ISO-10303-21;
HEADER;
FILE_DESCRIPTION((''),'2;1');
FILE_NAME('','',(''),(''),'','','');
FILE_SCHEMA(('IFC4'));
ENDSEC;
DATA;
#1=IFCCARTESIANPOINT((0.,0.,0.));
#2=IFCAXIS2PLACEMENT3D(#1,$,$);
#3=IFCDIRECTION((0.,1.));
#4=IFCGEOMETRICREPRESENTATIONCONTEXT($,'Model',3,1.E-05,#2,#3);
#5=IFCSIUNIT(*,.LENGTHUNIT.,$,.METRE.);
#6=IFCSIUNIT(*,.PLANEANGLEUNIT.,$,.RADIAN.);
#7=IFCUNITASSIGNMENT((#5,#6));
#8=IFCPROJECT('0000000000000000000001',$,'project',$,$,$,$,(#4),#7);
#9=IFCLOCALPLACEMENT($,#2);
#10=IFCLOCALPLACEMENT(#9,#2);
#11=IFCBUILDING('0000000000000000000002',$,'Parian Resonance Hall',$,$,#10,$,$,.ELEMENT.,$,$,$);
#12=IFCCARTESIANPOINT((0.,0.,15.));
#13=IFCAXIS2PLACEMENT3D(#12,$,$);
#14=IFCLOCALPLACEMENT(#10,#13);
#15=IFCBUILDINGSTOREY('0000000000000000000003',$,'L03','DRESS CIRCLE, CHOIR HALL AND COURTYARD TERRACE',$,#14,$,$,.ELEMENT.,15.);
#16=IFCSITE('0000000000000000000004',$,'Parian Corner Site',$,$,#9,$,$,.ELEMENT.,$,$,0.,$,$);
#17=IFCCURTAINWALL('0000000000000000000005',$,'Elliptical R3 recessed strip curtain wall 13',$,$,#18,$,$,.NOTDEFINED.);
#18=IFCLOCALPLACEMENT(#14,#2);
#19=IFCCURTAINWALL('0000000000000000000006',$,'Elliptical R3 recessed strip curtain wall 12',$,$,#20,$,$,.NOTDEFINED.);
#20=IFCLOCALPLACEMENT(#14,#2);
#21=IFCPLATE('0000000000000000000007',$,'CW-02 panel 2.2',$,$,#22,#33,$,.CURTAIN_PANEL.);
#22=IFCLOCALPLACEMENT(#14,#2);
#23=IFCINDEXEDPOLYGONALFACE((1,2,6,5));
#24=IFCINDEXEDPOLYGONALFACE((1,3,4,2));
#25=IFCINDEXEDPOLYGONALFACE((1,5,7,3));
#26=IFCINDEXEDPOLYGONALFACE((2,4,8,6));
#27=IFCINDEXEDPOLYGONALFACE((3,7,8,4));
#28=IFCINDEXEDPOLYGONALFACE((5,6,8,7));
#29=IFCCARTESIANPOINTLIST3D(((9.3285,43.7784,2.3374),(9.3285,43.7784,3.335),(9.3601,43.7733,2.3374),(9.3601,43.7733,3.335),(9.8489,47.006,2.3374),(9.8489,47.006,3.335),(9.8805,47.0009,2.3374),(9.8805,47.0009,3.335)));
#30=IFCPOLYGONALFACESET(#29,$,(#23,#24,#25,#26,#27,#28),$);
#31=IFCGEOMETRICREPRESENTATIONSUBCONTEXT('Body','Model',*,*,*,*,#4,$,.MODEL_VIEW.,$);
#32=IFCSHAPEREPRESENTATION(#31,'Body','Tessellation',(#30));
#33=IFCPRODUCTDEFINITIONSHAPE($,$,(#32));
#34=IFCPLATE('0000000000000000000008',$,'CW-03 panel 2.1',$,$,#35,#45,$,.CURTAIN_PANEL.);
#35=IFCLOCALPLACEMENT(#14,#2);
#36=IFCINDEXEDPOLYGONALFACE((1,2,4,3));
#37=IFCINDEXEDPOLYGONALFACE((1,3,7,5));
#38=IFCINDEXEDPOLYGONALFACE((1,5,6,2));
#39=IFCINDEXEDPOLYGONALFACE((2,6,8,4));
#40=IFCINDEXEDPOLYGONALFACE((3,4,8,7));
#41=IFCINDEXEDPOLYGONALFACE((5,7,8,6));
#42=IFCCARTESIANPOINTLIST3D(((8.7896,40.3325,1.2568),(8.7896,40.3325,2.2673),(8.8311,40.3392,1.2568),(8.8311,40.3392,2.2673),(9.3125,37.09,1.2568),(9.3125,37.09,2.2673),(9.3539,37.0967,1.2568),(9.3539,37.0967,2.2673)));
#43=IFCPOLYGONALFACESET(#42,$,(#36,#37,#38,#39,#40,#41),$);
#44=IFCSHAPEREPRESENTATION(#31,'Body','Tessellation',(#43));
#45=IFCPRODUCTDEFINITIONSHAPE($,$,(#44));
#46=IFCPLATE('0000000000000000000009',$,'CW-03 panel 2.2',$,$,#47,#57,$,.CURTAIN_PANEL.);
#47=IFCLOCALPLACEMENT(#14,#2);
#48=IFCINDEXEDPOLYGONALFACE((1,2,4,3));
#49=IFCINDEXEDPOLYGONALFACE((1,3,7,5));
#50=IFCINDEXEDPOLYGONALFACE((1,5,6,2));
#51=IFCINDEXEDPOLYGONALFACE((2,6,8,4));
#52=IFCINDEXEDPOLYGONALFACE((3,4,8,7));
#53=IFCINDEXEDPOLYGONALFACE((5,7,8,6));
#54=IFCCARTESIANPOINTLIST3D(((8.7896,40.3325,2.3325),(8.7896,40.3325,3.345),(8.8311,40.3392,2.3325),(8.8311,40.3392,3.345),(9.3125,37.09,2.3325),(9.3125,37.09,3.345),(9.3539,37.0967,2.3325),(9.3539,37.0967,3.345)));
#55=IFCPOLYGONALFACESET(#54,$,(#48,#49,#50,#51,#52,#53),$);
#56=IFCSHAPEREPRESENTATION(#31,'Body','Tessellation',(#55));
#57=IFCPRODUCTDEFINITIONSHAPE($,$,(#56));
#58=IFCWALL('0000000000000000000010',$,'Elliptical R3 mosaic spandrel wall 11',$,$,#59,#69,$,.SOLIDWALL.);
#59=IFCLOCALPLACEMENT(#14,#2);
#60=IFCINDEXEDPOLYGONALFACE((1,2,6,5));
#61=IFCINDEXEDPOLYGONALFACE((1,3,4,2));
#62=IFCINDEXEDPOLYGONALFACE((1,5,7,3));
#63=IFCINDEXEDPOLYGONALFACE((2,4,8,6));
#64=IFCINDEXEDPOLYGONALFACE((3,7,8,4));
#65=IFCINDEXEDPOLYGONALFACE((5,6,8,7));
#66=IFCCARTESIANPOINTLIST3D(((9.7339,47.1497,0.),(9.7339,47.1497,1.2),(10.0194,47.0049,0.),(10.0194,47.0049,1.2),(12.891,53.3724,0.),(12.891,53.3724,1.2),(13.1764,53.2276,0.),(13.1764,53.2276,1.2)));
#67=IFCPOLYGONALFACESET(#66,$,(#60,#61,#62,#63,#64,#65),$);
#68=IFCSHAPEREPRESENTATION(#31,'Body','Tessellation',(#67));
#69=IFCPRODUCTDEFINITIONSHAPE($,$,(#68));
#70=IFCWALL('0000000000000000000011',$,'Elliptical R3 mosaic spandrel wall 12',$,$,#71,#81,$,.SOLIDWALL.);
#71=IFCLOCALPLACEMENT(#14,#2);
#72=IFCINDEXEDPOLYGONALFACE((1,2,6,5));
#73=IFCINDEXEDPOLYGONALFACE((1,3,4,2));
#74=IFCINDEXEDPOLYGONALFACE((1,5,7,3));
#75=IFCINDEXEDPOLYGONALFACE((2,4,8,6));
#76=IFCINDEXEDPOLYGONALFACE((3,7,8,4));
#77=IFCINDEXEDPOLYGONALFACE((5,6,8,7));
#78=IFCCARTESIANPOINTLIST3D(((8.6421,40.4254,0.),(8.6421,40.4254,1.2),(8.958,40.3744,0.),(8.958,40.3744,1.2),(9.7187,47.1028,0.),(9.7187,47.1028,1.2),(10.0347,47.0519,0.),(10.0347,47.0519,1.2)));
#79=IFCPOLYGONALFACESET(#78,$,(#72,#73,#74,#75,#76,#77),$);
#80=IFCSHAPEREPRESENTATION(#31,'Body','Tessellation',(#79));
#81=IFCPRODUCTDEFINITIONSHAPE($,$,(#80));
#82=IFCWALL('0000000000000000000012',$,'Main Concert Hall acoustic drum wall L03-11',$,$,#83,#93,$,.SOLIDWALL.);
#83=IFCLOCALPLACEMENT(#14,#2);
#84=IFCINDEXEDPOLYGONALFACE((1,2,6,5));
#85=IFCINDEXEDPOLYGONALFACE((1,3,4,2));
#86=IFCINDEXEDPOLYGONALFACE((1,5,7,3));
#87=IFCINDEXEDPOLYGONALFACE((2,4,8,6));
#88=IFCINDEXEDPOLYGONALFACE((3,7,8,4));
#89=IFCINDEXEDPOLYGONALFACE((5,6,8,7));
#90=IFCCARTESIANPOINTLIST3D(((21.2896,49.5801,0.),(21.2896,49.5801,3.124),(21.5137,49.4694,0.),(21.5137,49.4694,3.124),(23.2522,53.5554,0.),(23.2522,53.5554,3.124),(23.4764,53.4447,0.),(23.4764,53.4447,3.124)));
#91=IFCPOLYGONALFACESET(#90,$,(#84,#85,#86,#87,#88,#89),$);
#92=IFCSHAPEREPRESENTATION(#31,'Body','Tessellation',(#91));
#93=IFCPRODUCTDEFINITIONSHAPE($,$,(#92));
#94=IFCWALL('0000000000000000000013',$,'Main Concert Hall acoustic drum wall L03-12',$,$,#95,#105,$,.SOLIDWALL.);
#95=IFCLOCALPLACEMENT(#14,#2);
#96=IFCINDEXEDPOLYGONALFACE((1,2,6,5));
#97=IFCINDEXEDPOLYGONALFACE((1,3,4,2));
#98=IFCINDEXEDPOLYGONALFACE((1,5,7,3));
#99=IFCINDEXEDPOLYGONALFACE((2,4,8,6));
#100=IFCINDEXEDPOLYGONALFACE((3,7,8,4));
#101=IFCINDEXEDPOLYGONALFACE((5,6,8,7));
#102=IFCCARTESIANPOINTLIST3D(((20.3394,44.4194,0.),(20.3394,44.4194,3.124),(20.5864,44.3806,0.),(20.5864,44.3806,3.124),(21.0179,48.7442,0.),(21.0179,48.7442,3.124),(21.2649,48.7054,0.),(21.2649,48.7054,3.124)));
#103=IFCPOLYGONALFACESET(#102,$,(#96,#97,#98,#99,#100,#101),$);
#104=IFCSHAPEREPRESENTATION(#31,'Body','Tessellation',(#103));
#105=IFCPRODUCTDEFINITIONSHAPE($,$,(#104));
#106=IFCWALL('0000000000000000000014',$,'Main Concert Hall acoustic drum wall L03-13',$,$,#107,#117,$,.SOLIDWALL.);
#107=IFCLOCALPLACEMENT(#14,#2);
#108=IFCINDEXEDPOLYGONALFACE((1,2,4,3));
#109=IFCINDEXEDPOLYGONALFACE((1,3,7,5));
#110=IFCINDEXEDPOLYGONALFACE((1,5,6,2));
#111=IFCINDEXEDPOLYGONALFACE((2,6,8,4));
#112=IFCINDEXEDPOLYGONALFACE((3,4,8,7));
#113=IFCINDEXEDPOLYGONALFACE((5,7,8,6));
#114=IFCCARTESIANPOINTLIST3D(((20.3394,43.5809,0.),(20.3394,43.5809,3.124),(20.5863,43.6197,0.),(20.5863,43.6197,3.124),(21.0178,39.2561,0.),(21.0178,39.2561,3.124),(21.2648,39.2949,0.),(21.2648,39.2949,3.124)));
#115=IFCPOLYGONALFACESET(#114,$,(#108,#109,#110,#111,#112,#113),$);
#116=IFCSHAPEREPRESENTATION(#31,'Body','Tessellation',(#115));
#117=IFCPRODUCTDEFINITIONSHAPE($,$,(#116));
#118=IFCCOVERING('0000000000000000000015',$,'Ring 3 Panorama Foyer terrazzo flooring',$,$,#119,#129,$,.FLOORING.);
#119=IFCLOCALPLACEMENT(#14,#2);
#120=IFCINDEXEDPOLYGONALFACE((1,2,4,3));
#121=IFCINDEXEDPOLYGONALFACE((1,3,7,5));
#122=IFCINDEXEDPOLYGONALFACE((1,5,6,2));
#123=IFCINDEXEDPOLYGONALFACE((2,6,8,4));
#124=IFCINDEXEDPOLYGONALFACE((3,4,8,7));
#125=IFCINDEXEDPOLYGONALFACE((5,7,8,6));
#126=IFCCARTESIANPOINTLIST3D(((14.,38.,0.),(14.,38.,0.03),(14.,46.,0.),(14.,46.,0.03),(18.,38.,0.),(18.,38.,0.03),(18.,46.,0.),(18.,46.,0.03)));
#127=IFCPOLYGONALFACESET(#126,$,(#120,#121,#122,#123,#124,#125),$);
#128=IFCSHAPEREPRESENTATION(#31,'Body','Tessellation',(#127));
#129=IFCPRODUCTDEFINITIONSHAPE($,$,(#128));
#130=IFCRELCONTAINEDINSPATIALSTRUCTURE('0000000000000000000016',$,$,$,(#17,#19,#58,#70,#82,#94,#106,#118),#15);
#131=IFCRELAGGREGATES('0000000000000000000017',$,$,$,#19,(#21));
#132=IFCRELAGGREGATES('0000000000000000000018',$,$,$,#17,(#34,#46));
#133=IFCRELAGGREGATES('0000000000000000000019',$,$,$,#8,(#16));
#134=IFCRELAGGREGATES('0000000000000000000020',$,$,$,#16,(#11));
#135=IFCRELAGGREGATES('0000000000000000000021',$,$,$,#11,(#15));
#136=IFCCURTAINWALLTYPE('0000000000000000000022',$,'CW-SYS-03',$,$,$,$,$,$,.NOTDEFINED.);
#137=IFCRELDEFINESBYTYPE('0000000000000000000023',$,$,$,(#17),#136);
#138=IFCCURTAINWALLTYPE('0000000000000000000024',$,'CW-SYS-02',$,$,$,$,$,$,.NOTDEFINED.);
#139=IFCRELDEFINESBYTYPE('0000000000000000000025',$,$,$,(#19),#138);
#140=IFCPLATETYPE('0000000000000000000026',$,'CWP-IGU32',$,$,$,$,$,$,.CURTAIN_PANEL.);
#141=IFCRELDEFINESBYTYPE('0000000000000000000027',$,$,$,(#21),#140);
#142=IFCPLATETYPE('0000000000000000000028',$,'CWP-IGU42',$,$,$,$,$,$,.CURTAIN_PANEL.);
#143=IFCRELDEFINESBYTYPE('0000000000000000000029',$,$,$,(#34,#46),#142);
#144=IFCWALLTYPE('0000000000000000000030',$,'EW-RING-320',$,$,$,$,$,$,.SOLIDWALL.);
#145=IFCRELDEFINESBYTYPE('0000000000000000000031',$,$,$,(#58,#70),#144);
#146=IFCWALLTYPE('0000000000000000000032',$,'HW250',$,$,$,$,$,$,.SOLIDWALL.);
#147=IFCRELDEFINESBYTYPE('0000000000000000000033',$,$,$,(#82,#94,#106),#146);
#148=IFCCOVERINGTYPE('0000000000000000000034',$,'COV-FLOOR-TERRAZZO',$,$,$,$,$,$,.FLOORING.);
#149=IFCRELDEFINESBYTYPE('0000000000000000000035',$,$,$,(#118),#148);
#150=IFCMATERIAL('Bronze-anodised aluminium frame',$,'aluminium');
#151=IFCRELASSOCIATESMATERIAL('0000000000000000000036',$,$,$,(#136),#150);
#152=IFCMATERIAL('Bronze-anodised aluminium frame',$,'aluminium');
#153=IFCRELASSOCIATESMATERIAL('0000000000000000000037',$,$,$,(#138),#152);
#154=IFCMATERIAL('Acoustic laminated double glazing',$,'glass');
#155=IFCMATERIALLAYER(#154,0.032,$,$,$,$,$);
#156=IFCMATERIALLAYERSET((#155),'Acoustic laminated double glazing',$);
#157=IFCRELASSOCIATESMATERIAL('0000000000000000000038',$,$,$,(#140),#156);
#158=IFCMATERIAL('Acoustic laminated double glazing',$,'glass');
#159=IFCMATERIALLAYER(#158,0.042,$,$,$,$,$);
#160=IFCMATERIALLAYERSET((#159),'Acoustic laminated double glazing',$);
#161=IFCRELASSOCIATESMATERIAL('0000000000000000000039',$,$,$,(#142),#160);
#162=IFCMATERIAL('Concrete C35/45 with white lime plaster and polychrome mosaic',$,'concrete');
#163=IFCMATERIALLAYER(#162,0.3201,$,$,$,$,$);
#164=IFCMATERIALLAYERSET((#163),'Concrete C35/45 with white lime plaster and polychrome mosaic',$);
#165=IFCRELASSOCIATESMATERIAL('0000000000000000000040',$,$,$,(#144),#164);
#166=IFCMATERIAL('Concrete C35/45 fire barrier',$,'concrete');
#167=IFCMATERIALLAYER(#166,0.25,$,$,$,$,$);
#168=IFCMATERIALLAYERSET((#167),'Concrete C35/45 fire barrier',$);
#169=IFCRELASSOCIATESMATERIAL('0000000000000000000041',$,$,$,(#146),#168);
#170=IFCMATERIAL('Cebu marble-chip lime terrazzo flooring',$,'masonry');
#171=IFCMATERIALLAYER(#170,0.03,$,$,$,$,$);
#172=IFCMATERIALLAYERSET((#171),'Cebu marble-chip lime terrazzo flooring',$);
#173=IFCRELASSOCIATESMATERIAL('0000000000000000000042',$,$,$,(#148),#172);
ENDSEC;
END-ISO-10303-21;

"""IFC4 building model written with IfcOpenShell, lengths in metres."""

from ifc_helpers import new_model, si_unit, direction, frame, frame_2d, origin, origin_2d, place, context, subcontext, project, spatial, rectangle, extrude, material, layer, layer_set, type_object, element, aggregate, save


model = new_model("IFC4")

# Units and contexts
model_context = context("Model", 3, precision=1e-05, world=origin(), true_north=direction((0.0, 1.0)))
body_context = subcontext(model_context, "Body", "Model", "MODEL_VIEW")
ifc_project = project(units=[si_unit("LENGTHUNIT", "METRE"), si_unit("PLANEANGLEUNIT", "RADIAN")], contexts=[model_context])

# Site, building, storey
site_placement = place(None, origin())
site = spatial("IfcSite", under=ifc_project, at=site_placement, Name="Parian Corner Site", CompositionType="ELEMENT", RefElevation=0.0)
building_placement = place(site_placement, origin())
building = spatial("IfcBuilding", under=site, at=building_placement, Name="Parian Resonance Hall", CompositionType="ELEMENT")
storey_placement = place(building_placement, frame((0.0, 0.0, 15.0)))
storey = spatial("IfcBuildingStorey", under=building, at=storey_placement, Name="L03", Description="DRESS CIRCLE, CHOIR HALL AND COURTYARD TERRACE", CompositionType="ELEMENT", Elevation=15.0)

# Curtain wall
ifc_material_1 = material(Name="Bronze-anodised aluminium frame", Category="aluminium")
curtain_wall_type_1 = type_object("IfcCurtainWallType", Name="CW-SYS-03", PredefinedType="NOTDEFINED", material=ifc_material_1)
curtain_wall_1_placement = place(storey_placement, origin())
curtain_wall_1 = element("IfcCurtainWall", 1, at=curtain_wall_1_placement, inside=storey, type_object=curtain_wall_type_1, Name="Elliptical R3 recessed strip curtain wall 13", PredefinedType="NOTDEFINED")

# Curtain wall
ifc_material_2 = material(Name="Bronze-anodised aluminium frame", Category="aluminium")
curtain_wall_type_2 = type_object("IfcCurtainWallType", Name="CW-SYS-02", PredefinedType="NOTDEFINED", material=ifc_material_2)
curtain_wall_2_placement = place(storey_placement, origin())
curtain_wall_2 = element("IfcCurtainWall", 2, at=curtain_wall_2_placement, inside=storey, type_object=curtain_wall_type_2, Name="Elliptical R3 recessed strip curtain wall 12", PredefinedType="NOTDEFINED")

# Plates
ifc_material_3 = material(Name="Acoustic laminated double glazing", Category="glass")
ifc_layer_1 = layer(ifc_material_3, 0.032)
ifc_layer_set_1 = layer_set([ifc_layer_1], Name="Acoustic laminated double glazing")
plate_type_1 = type_object("IfcPlateType", Name="CWP-IGU32", PredefinedType="CURTAIN_PANEL", material=ifc_layer_set_1)
plate_1_placement = place(storey_placement, frame((9.6045, 45.3896, 2.3374), z_axis=(0.0, 0.0, 1.0), x_axis=(0.159187, 0.987248, 0.0)))
plate_1 = element("IfcPlate", 3, at=plate_1_placement, type_object=plate_type_1, Name="CW-02 panel 2.2", PredefinedType="CURTAIN_PANEL", context=body_context, shape_type="SweptSolid", body=[
    extrude(rectangle(XDim=3.2693, YDim=0.032, at=origin_2d()), origin(), (0.0, 0.0, 1.0), 0.9976),
])
aggregate(curtain_wall_2, [plate_1])
ifc_material_4 = material(Name="Acoustic laminated double glazing", Category="glass")
ifc_layer_2 = layer(ifc_material_4, 0.042)
ifc_layer_set_2 = layer_set([ifc_layer_2], Name="Acoustic laminated double glazing")
plate_type_2 = type_object("IfcPlateType", Name="CWP-IGU42", PredefinedType="CURTAIN_PANEL", material=ifc_layer_set_2)
plate_2_placement = place(storey_placement, frame((9.0718, 38.7146, 1.2568), z_axis=(0.0, 0.0, 1.0), x_axis=(-0.159187, 0.987248, 0.0)))
plate_2 = element("IfcPlate", 4, at=plate_2_placement, type_object=plate_type_2, Name="CW-03 panel 2.1", PredefinedType="CURTAIN_PANEL", context=body_context, shape_type="SweptSolid", body=[
    extrude(rectangle(XDim=3.2844, YDim=0.042, at=origin_2d()), origin(), (0.0, 0.0, 1.0), 1.0105),
])
plate_3_placement = place(storey_placement, frame((9.0718, 38.7146, 2.3325), z_axis=(0.0, 0.0, 1.0), x_axis=(-0.159187, 0.987248, 0.0)))
plate_3 = element("IfcPlate", 5, at=plate_3_placement, type_object=plate_type_2, Name="CW-03 panel 2.2", PredefinedType="CURTAIN_PANEL", context=body_context, shape_type="SweptSolid", body=[
    extrude(rectangle(XDim=3.2844, YDim=0.042, at=origin_2d()), origin(), (0.0, 0.0, 1.0), 1.0125),
])
aggregate(curtain_wall_1, [plate_2, plate_3])

# Walls
ifc_material_5 = material(Name="Concrete C35/45 with white lime plaster and polychrome mosaic", Category="concrete")
ifc_layer_3 = layer(ifc_material_5, 0.3201)
ifc_layer_set_3 = layer_set([ifc_layer_3], Name="Concrete C35/45 with white lime plaster and polychrome mosaic")
wall_type_1 = type_object("IfcWallType", Name="EW-RING-320", PredefinedType="SOLIDWALL", material=ifc_layer_set_3)
wall_1_placement = place(storey_placement, frame((9.8767, 47.0774, 0.0), z_axis=(0.0, 0.0, 1.0), x_axis=(0.45244, 0.891795, 0.0)))
element("IfcWall", 6, at=wall_1_placement, inside=storey, type_object=wall_type_1, Name="Elliptical R3 mosaic spandrel wall 11", PredefinedType="SOLIDWALL", context=body_context, shape_type="SweptSolid", body=[
    extrude(rectangle(XDim=6.9778, YDim=0.3201, at=frame_2d((3.4888, 0.0))), origin(), (0.0, 0.0, 1.0), 1.2),
])
wall_2_placement = place(storey_placement, frame((8.8, 40.3999, 0.0), z_axis=(0.0, 0.0, 1.0), x_axis=(0.159181, 0.987249, 0.0)))
element("IfcWall", 7, at=wall_2_placement, inside=storey, type_object=wall_type_1, Name="Elliptical R3 mosaic spandrel wall 12", PredefinedType="SOLIDWALL", context=body_context, shape_type="SweptSolid", body=[
    extrude(rectangle(XDim=6.7637, YDim=0.3201, at=frame_2d((3.3818, 0.0))), origin(), (0.0, 0.0, 1.0), 1.2),
])
ifc_material_6 = material(Name="Concrete C35/45 fire barrier", Category="concrete")
ifc_layer_4 = layer(ifc_material_6, 0.25)
ifc_layer_set_4 = layer_set([ifc_layer_4], Name="Concrete C35/45 fire barrier")
wall_type_2 = type_object("IfcWallType", Name="HW250", PredefinedType="SOLIDWALL", material=ifc_layer_set_4)
wall_3_placement = place(storey_placement, frame((21.4016, 49.5247, 0.0), z_axis=(0.0, 0.0, 1.0), x_axis=(0.442692, 0.896674, 0.0)))
element("IfcWall", 8, at=wall_3_placement, inside=storey, type_object=wall_type_2, Name="Main Concert Hall acoustic drum wall L03-11", PredefinedType="SOLIDWALL", context=body_context, shape_type="SweptSolid", body=[
    extrude(rectangle(XDim=4.4333, YDim=0.25, at=frame_2d((2.2168, 0.0))), origin(), (0.0, 0.0, 1.0), 3.124),
])
for number, where, z_axis, x_axis, name in (
    (9, (20.4629, 44.3999, 0.0), (0.0, 0.0, 1.0), (0.154986, 0.987917, 0.0), "Main Concert Hall acoustic drum wall L03-12"),
    (10, (21.1414, 39.2754, 0.0), (0.0, 0.0, 1.0), (-0.154986, 0.987917, 0.0), "Main Concert Hall acoustic drum wall L03-13"),
):
    element("IfcWall", number, at=place(storey_placement, frame(where, z_axis=z_axis, x_axis=x_axis)), inside=storey, type_object=wall_type_2, Name=name, PredefinedType="SOLIDWALL", context=body_context, shape_type="SweptSolid", body=[
        extrude(rectangle(XDim=4.3777, YDim=0.25, at=frame_2d((2.189, 0.0))), origin(), (0.0, 0.0, 1.0), 3.124),
    ])

# Covering
ifc_material_7 = material(Name="Cebu marble-chip lime terrazzo flooring", Category="masonry")
ifc_layer_5 = layer(ifc_material_7, 0.03)
ifc_layer_set_5 = layer_set([ifc_layer_5], Name="Cebu marble-chip lime terrazzo flooring")
covering_type = type_object("IfcCoveringType", Name="COV-FLOOR-TERRAZZO", PredefinedType="FLOORING", material=ifc_layer_set_5)
covering_placement = place(storey_placement, frame((16.0, 42.0, 0.0), z_axis=(0.0, 0.0, 1.0), x_axis=(1.0, 0.0, 0.0)))
element("IfcCovering", 11, at=covering_placement, inside=storey, type_object=covering_type, Name="Ring 3 Panorama Foyer terrazzo flooring", PredefinedType="FLOORING", context=body_context, shape_type="SweptSolid", body=[
    extrude(rectangle(XDim=4.0, YDim=8.0, at=origin_2d()), origin(), (0.0, 0.0, 1.0), 0.03),
])

save(model, "model.ifc")
